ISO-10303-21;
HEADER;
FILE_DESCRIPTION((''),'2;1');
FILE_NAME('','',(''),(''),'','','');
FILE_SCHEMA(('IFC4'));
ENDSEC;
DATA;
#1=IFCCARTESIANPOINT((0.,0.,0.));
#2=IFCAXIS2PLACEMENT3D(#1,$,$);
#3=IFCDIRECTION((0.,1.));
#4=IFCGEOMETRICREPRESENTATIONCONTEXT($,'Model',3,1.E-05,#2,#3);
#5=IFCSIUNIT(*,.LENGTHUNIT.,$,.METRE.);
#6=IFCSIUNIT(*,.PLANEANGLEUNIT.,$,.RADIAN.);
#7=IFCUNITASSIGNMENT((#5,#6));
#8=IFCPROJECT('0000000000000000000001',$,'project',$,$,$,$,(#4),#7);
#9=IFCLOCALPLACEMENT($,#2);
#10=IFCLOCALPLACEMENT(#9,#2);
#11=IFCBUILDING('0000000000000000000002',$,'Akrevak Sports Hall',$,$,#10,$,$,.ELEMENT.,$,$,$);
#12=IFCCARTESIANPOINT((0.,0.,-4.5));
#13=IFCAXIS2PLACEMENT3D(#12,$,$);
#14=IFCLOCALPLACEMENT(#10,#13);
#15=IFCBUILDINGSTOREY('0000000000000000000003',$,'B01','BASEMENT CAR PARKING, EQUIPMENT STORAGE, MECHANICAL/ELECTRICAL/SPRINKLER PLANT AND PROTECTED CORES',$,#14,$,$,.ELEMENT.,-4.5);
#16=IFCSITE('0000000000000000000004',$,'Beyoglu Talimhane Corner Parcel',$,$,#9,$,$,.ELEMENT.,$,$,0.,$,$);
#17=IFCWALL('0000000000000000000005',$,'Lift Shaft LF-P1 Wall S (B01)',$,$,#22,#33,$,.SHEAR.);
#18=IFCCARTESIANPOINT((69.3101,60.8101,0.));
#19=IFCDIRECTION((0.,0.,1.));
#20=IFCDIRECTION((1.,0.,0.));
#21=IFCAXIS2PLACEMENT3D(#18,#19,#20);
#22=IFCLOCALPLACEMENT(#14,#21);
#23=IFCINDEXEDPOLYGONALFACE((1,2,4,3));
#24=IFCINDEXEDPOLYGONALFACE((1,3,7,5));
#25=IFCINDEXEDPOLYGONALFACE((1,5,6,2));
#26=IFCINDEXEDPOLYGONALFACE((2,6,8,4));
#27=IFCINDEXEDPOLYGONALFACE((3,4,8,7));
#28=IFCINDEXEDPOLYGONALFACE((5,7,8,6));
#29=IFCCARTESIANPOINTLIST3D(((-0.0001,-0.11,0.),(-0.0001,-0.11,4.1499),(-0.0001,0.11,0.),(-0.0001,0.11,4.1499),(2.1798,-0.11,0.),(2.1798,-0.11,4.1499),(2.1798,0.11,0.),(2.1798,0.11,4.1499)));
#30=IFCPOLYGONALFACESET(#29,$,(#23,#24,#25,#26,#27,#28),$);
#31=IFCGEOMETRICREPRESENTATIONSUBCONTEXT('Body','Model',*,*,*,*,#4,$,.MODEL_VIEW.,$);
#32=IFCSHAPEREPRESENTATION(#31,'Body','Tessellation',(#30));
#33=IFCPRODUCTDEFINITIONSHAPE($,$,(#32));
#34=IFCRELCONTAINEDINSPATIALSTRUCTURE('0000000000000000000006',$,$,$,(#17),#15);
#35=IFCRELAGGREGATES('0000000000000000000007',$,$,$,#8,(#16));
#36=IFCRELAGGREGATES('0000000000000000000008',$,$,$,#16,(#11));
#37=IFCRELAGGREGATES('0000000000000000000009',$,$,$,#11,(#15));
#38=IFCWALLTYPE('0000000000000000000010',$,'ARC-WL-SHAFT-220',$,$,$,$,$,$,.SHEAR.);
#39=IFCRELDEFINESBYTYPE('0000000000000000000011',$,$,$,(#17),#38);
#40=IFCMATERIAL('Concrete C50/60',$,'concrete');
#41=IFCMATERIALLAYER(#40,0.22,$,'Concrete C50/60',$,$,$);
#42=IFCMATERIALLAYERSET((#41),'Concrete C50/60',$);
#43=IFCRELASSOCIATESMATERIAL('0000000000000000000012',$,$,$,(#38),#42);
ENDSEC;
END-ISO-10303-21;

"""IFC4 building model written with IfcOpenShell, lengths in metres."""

from ifc_helpers import new_model, si_unit, direction, frame, frame_2d, origin, place, context, subcontext, project, spatial, rectangle, extrude, material, layer, layer_set, type_object, element, save


model = new_model("IFC4")

# Units and contexts
model_context = context("Model", 3, precision=1e-05, world=origin(), true_north=direction((0.0, 1.0)))
body_context = subcontext(model_context, "Body", "Model", "MODEL_VIEW")
ifc_project = project(units=[si_unit("LENGTHUNIT", "METRE"), si_unit("PLANEANGLEUNIT", "RADIAN")], contexts=[model_context])

# Site, building, storey
site_placement = place(None, origin())
site = spatial("IfcSite", under=ifc_project, at=site_placement, Name="Beyoglu Talimhane Corner Parcel", CompositionType="ELEMENT", RefElevation=0.0)
building_placement = place(site_placement, origin())
building = spatial("IfcBuilding", under=site, at=building_placement, Name="Akrevak Sports Hall", CompositionType="ELEMENT")
storey_placement = place(building_placement, frame((0.0, 0.0, -4.5)))
storey = spatial("IfcBuildingStorey", under=building, at=storey_placement, Name="B01", Description="BASEMENT CAR PARKING, EQUIPMENT STORAGE, MECHANICAL/ELECTRICAL/SPRINKLER PLANT AND PROTECTED CORES", CompositionType="ELEMENT", Elevation=-4.5)

# Shared definitions
ifc_material_1 = material(Name="Concrete C50/60", Category="concrete")

# Wall
ifc_layer_1 = layer(ifc_material_1, 0.22, Name="Concrete C50/60")
ifc_layer_set_1 = layer_set([ifc_layer_1], Name="Concrete C50/60")
wall_type_1 = type_object("IfcWallType", Name="ARC-WL-SHAFT-220", PredefinedType="SHEAR", material=ifc_layer_set_1)
wall_1_placement = place(storey_placement, frame((69.3101, 60.8101, 0.0), z_axis=(0.0, 0.0, 1.0), x_axis=(1.0, 0.0, 0.0)))
element("IfcWall", 1, at=wall_1_placement, inside=storey, type_object=wall_type_1, Name="Lift Shaft LF-P1 Wall S (B01)", PredefinedType="SHEAR", context=body_context, shape_type="SweptSolid", body=[
    extrude(rectangle(XDim=2.1799, YDim=0.22, at=frame_2d((1.0898, 0.0))), origin(), (0.0, 0.0, 1.0), 4.1499),
])

save(model, "model.ifc")
